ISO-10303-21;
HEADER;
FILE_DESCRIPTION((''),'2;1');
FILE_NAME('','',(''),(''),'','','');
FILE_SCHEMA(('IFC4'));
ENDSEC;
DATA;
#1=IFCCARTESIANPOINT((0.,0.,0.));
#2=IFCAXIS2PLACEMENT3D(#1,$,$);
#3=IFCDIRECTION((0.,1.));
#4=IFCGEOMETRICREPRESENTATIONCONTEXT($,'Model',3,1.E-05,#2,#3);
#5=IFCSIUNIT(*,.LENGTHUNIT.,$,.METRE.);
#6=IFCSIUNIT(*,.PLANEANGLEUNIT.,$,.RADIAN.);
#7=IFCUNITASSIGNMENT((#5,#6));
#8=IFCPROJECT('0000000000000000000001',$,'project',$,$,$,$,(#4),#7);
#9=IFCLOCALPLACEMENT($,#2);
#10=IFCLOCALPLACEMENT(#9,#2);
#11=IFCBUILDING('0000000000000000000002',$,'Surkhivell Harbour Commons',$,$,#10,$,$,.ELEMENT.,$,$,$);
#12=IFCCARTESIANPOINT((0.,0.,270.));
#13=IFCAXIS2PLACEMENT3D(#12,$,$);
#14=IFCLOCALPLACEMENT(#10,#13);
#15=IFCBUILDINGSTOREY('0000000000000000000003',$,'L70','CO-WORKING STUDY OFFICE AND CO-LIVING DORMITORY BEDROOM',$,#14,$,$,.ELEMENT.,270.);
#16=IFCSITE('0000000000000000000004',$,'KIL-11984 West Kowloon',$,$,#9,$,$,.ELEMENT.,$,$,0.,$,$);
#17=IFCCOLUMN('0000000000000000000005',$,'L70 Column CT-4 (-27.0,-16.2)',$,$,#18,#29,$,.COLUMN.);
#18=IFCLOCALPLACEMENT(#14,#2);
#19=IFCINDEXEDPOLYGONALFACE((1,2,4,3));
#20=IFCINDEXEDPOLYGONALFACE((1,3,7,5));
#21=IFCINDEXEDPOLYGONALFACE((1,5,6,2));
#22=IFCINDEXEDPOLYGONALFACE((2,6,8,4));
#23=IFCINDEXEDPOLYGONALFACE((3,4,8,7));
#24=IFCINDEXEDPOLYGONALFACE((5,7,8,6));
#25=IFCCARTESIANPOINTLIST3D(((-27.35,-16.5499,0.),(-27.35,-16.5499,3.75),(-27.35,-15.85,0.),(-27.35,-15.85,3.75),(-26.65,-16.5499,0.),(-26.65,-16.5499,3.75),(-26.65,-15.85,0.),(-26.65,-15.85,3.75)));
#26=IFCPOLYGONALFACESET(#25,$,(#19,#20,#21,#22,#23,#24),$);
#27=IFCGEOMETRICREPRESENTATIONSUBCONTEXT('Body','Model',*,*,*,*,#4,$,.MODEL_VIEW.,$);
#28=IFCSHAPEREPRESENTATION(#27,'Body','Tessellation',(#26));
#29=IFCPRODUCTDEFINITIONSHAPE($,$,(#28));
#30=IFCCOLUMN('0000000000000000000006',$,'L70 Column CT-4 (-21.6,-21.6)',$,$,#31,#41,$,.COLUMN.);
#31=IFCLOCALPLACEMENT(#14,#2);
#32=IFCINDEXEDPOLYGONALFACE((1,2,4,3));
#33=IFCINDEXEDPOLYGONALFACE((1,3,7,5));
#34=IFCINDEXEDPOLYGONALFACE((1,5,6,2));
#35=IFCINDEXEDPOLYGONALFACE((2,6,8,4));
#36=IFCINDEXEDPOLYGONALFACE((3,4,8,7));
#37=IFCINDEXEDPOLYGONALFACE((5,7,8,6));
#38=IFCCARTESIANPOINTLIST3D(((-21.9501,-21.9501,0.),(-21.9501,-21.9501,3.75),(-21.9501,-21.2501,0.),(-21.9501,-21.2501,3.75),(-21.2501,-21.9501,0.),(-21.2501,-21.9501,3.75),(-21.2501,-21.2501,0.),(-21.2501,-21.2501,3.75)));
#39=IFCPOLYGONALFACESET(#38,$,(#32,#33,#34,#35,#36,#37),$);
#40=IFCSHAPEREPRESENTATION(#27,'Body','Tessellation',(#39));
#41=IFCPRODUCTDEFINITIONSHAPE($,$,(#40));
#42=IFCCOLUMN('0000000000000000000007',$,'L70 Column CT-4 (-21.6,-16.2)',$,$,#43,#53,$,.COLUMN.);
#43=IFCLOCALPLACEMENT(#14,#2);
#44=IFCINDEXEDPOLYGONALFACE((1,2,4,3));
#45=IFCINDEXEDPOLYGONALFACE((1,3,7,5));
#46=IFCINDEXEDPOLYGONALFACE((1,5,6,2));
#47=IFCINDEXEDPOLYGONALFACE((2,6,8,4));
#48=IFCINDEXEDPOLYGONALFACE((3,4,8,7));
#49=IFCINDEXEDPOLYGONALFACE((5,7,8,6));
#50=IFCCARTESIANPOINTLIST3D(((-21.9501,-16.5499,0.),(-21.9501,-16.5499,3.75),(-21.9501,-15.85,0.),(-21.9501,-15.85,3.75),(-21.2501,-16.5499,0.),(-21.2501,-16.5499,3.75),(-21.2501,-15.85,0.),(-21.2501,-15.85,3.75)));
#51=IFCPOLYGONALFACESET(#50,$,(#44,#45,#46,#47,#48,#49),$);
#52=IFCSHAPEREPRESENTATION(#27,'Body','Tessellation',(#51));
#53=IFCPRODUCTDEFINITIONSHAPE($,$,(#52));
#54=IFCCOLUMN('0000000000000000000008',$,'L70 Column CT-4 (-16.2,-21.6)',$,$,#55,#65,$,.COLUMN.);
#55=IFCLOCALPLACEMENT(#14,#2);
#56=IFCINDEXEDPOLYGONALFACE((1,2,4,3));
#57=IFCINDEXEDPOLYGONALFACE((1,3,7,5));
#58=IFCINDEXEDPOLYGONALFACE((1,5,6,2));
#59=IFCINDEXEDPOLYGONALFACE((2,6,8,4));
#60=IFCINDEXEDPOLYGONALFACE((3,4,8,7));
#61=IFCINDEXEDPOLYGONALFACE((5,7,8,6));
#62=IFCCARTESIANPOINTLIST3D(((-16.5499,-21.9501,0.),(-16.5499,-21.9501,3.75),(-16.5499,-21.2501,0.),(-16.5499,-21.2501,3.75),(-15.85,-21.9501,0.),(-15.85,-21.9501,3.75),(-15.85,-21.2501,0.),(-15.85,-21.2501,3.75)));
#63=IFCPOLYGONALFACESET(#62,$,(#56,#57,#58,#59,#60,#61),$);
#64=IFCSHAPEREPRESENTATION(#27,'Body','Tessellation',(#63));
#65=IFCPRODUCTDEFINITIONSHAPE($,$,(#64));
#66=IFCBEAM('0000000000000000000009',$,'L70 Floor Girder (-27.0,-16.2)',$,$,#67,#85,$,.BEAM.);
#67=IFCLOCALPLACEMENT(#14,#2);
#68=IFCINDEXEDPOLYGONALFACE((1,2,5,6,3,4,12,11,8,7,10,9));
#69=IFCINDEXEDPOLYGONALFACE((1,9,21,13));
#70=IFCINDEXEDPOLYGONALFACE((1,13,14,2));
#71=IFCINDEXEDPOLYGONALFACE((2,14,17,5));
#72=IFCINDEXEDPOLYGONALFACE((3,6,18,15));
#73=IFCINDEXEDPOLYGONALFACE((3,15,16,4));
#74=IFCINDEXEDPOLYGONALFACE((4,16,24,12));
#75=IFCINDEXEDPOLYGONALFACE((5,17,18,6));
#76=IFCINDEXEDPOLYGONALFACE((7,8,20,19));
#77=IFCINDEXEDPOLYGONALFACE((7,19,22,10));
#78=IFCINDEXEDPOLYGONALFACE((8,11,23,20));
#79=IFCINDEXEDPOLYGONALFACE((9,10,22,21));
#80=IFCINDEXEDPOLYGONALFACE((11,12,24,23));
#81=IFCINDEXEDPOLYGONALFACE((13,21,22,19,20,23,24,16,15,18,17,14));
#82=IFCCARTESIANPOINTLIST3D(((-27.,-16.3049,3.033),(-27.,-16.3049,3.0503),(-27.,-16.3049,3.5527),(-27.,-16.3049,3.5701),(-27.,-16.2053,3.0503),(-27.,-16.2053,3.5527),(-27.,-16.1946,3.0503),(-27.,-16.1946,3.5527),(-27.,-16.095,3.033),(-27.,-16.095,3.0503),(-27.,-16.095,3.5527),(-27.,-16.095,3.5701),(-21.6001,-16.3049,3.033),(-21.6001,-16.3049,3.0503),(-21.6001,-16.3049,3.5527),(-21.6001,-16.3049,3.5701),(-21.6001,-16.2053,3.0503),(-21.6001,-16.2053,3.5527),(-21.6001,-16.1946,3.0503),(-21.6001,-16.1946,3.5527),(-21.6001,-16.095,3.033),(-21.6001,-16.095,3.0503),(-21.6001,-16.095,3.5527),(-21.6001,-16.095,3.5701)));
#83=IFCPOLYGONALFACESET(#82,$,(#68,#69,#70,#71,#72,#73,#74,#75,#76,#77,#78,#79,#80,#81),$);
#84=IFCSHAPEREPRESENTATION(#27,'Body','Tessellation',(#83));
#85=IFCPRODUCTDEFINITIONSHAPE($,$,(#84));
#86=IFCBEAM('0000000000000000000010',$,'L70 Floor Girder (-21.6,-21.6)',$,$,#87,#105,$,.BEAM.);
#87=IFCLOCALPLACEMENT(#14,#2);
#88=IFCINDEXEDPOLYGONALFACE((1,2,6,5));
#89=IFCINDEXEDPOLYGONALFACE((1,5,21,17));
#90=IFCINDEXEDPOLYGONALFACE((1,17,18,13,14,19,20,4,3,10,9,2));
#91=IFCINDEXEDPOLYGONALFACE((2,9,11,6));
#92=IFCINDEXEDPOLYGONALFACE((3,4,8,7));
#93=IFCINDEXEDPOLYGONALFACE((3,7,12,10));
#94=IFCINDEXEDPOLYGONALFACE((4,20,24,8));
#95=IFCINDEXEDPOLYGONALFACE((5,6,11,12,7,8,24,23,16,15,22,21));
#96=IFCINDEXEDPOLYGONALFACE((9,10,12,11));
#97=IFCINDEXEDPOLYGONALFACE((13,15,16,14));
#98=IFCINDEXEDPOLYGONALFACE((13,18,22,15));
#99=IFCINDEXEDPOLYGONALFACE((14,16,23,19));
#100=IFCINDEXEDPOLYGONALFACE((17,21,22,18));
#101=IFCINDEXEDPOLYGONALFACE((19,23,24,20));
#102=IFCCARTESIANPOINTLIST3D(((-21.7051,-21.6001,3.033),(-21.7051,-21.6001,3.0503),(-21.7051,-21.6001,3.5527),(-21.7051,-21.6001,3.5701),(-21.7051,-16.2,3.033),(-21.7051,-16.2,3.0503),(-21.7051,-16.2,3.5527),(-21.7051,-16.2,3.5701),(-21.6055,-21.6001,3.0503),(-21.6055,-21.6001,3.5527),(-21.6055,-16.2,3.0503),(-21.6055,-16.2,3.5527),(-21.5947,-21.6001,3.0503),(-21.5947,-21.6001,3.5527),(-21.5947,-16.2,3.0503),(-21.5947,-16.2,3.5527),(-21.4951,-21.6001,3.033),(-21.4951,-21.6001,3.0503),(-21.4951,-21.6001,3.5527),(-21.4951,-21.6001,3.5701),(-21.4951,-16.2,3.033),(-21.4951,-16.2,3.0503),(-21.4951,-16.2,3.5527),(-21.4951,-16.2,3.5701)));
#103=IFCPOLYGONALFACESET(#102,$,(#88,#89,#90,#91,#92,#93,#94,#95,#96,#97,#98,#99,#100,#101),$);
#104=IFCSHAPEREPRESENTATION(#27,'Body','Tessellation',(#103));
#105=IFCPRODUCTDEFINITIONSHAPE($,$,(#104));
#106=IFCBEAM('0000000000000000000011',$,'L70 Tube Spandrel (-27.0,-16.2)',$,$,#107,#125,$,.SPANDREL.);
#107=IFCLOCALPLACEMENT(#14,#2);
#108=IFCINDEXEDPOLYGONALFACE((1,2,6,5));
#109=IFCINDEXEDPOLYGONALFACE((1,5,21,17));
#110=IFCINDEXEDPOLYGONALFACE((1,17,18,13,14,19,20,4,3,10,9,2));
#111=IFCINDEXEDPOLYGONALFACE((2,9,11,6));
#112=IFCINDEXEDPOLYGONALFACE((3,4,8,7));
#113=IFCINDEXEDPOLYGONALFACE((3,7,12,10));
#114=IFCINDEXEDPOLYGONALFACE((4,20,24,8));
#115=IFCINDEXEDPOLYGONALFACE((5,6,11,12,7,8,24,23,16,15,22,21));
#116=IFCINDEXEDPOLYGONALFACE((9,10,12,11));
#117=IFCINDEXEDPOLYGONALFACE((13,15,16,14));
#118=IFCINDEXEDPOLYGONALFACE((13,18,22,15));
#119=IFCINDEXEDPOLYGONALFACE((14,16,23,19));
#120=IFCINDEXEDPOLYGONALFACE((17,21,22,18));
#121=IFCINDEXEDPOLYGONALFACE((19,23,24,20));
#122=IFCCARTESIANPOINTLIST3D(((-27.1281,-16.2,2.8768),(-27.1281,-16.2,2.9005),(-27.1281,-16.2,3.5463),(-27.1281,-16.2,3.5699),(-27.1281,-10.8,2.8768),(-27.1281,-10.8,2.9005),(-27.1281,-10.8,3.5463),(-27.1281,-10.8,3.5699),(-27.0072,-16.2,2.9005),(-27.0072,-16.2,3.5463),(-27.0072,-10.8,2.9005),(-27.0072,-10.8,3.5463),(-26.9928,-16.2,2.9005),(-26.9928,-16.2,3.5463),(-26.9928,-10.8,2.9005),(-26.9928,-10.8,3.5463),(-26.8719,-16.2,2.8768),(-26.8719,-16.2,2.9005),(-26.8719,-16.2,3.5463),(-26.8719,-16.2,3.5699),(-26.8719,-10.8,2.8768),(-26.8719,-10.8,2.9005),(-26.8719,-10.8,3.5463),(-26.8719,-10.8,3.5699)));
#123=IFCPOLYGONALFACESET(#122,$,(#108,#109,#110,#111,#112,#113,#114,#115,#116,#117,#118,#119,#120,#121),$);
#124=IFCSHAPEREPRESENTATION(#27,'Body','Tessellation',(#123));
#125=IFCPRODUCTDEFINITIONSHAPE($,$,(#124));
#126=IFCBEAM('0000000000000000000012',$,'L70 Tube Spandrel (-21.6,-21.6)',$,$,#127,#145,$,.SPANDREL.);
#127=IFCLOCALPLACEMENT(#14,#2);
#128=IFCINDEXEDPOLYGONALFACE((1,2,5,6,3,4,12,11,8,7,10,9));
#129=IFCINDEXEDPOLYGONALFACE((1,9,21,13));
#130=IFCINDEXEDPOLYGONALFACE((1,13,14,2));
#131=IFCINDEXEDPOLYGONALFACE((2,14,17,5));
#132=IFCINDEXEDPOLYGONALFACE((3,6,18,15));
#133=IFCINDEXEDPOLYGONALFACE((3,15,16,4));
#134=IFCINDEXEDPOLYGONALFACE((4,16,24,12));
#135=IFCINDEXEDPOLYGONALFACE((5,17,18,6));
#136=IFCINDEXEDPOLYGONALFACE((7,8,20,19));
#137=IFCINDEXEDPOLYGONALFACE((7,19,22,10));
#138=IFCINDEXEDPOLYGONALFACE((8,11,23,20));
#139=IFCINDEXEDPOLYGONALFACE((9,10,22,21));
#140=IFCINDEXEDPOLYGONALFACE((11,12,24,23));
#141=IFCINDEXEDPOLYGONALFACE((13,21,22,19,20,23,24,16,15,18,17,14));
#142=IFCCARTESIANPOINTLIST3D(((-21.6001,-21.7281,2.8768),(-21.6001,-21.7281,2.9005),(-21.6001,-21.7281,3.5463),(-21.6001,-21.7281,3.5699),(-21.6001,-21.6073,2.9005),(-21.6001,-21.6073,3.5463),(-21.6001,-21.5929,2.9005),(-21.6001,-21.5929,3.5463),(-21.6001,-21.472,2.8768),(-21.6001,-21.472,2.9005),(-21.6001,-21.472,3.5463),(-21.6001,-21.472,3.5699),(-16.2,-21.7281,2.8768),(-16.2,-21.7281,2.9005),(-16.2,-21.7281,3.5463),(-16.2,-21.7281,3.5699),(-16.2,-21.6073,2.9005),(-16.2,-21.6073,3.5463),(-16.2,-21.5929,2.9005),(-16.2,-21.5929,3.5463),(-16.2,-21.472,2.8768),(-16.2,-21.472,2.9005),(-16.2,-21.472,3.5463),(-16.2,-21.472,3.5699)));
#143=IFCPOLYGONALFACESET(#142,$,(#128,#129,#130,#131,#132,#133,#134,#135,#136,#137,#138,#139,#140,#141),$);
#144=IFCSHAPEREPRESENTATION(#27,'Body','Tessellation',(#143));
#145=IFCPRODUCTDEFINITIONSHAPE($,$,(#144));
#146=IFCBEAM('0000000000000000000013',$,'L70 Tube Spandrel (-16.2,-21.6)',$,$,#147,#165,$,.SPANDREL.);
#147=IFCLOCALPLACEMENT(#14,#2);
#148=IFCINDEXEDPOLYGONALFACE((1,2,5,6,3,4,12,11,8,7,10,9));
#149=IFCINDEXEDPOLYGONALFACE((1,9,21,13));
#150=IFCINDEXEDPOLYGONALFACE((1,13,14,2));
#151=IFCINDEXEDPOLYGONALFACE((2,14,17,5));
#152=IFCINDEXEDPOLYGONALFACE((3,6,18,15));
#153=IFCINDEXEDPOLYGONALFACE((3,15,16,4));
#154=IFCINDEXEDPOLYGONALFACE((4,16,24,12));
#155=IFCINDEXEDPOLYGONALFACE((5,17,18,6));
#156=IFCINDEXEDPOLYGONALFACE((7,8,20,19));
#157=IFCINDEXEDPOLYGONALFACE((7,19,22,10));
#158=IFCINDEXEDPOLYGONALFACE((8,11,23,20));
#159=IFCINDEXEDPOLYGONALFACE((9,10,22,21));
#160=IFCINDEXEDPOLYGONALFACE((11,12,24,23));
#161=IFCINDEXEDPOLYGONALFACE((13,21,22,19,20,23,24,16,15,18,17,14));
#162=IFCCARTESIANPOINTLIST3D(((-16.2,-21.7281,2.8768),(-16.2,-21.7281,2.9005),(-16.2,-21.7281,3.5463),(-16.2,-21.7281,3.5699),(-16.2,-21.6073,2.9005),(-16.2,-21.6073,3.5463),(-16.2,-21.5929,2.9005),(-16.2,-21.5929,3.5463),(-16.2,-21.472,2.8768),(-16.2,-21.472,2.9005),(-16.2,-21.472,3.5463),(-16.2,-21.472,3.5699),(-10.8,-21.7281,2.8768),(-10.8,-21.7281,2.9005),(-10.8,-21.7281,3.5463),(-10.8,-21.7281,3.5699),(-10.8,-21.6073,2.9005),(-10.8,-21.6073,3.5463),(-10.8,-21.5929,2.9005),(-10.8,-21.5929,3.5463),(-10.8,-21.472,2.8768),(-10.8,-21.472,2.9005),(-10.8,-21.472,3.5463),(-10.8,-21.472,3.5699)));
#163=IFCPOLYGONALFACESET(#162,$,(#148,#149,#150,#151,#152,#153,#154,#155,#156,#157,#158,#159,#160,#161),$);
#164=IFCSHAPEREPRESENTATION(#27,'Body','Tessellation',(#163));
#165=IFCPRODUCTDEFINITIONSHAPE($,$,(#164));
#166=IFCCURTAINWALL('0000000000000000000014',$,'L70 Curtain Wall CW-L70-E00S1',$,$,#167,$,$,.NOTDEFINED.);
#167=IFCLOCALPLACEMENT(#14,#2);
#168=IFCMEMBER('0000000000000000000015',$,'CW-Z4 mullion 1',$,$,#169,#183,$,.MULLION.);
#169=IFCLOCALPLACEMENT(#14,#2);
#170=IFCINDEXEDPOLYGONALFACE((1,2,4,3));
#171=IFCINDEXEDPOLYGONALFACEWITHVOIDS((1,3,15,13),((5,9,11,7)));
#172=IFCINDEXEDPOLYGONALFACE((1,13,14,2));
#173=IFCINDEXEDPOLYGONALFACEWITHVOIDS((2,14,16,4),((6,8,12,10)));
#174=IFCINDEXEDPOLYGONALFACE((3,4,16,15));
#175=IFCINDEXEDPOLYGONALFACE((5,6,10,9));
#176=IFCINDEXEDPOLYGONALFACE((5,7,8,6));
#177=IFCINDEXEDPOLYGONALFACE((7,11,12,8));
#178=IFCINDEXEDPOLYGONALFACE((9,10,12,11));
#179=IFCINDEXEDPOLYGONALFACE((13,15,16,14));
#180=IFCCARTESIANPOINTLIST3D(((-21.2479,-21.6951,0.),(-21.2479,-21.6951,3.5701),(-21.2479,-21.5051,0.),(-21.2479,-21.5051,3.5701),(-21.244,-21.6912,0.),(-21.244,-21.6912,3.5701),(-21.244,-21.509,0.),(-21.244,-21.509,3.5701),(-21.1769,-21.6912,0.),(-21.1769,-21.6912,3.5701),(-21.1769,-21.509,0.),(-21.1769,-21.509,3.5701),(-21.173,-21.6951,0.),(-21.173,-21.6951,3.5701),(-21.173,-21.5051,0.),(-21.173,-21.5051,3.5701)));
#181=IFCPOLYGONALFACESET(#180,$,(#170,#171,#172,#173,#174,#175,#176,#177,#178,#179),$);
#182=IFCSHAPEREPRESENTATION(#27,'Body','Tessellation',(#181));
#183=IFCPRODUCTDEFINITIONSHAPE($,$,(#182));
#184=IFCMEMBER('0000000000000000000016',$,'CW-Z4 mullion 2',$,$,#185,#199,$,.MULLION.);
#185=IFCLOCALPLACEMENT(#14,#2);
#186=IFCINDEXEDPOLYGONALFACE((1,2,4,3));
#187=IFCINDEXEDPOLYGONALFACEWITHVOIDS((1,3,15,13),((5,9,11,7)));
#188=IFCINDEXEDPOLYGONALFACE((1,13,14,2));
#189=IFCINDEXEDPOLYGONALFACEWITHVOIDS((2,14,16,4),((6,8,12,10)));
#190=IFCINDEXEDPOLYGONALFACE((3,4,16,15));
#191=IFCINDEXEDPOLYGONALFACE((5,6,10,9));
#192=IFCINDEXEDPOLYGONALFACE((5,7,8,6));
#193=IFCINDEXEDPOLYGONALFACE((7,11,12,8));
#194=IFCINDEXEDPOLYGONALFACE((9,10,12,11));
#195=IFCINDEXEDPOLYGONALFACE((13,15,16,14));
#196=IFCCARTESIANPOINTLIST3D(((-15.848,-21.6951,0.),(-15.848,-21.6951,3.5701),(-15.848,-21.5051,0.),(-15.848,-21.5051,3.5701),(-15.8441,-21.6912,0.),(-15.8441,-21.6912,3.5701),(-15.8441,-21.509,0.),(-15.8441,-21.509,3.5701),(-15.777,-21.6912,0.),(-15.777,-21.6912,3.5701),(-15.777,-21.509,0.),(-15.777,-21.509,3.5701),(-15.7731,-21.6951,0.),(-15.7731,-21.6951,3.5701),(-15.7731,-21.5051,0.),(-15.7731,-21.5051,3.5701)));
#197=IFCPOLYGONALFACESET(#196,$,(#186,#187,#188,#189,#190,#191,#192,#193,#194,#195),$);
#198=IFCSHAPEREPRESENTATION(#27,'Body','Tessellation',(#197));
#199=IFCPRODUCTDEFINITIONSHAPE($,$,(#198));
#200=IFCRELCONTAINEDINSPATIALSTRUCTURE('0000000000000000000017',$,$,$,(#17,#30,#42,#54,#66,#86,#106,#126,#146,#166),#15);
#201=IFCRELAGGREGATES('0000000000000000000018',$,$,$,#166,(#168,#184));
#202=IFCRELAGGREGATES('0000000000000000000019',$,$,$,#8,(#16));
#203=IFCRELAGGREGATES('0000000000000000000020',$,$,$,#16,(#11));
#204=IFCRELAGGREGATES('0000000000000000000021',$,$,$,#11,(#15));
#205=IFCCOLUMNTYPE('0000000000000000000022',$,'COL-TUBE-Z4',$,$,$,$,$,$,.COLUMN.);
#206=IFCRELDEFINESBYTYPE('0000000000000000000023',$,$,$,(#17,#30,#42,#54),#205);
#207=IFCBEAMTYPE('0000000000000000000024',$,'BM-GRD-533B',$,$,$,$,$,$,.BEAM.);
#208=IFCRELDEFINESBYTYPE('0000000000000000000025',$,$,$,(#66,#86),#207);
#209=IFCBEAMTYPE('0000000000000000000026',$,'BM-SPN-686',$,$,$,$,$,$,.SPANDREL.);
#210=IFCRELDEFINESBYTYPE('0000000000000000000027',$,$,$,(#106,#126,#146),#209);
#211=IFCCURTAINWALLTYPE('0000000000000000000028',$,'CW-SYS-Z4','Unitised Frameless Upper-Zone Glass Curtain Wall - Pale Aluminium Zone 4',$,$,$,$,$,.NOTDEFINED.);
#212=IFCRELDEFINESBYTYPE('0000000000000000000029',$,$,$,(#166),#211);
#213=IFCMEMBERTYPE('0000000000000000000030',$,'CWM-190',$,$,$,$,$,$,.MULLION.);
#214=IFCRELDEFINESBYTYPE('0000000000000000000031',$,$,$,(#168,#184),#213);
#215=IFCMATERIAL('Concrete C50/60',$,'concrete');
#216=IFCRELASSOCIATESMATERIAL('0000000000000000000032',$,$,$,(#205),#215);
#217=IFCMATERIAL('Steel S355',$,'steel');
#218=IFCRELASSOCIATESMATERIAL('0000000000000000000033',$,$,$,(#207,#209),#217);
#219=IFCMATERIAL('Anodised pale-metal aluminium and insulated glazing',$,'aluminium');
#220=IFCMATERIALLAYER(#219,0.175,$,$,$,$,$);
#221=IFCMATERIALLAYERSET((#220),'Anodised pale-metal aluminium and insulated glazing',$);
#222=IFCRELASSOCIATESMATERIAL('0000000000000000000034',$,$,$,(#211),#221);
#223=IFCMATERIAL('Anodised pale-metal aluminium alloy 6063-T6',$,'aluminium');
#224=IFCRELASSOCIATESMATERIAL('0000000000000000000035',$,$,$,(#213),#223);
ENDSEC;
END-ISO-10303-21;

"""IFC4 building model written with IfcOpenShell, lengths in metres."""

from ifc_helpers import new_model, si_unit, direction, frame, origin, origin_2d, place, context, subcontext, project, spatial, rectangle, hollow_rectangle, i_section, extrude, material, layer, layer_set, material_profile, profile_set, type_object, element, aggregate, save


model = new_model("IFC4")

# Units and contexts
model_context = context("Model", 3, precision=1e-05, world=origin(), true_north=direction((0.0, 1.0)))
body_context = subcontext(model_context, "Body", "Model", "MODEL_VIEW")
ifc_project = project(units=[si_unit("LENGTHUNIT", "METRE"), si_unit("PLANEANGLEUNIT", "RADIAN")], contexts=[model_context])

# Site, building, storey
site_placement = place(None, origin())
site = spatial("IfcSite", under=ifc_project, at=site_placement, Name="KIL-11984 West Kowloon", CompositionType="ELEMENT", RefElevation=0.0)
building_placement = place(site_placement, origin())
building = spatial("IfcBuilding", under=site, at=building_placement, Name="Surkhivell Harbour Commons", CompositionType="ELEMENT")
storey_placement = place(building_placement, frame((0.0, 0.0, 270.0)))
storey = spatial("IfcBuildingStorey", under=building, at=storey_placement, Name="L70", Description="CO-WORKING STUDY OFFICE AND CO-LIVING DORMITORY BEDROOM", CompositionType="ELEMENT", Elevation=270.0)

# Columns
ifc_material_1 = material(Name="Concrete C50/60", Category="concrete")
ifc_material_profile_1 = material_profile(ifc_material_1, rectangle(XDim=0.7, YDim=0.7, at=origin_2d()), Name="RC-COL-700x700")
ifc_profile_set_1 = profile_set([ifc_material_profile_1], Name="Concrete C50/60")
column_type = type_object("IfcColumnType", Name="COL-TUBE-Z4", PredefinedType="COLUMN", material=ifc_profile_set_1)
for number, where, z_axis, x_axis, name in (
    (1, (-27.0, -16.2, 0.0), (0.0, 0.0, 1.0), (1.0, 0.0, 0.0), "L70 Column CT-4 (-27.0,-16.2)"),
    (2, (-21.6001, -21.6001, 0.0), (0.0, 0.0, 1.0), (1.0, 0.0, 0.0), "L70 Column CT-4 (-21.6,-21.6)"),
    (3, (-21.6001, -16.2, 0.0), (0.0, 0.0, 1.0), (1.0, 0.0, 0.0), "L70 Column CT-4 (-21.6,-16.2)"),
    (4, (-16.2, -21.6001, 0.0), (0.0, 0.0, 1.0), (1.0, 0.0, 0.0), "L70 Column CT-4 (-16.2,-21.6)"),
):
    element("IfcColumn", number, at=place(storey_placement, frame(where, z_axis=z_axis, x_axis=x_axis)), inside=storey, type_object=column_type, Name=name, PredefinedType="COLUMN", context=body_context, shape_type="SweptSolid", body=[
        extrude(rectangle(XDim=0.7, YDim=0.7, at=origin_2d()), origin(), (0.0, 0.0, 1.0), 3.75),
    ])

# Beams
ifc_material_2 = material(Name="Steel S355", Category="steel")
ifc_material_profile_2 = material_profile(ifc_material_2, i_section(OverallWidth=0.21, OverallDepth=0.5371, WebThickness=0.0107, FlangeThickness=0.0173, at=origin_2d()), Name="UB533x210x101")
ifc_profile_set_2 = profile_set([ifc_material_profile_2], Name="Steel S355")
beam_type_1 = type_object("IfcBeamType", Name="BM-GRD-533B", PredefinedType="BEAM", material=ifc_profile_set_2)
beam_1_placement = place(storey_placement, frame((-27.0, -16.2, 3.3015), z_axis=(1.0, 0.0, 0.0), x_axis=(0.0, 1.0, 0.0)))
element("IfcBeam", 5, at=beam_1_placement, inside=storey, type_object=beam_type_1, Name="L70 Floor Girder (-27.0,-16.2)", PredefinedType="BEAM", context=body_context, shape_type="SweptSolid", body=[
    extrude(i_section(OverallWidth=0.21, OverallDepth=0.5371, WebThickness=0.0107, FlangeThickness=0.0173, at=origin_2d()), origin(), (0.0, 0.0, 1.0), 5.3999),
])
beam_2_placement = place(storey_placement, frame((-21.6001, -21.6001, 3.3015), z_axis=(0.0, 1.0, 0.0), x_axis=(-1.0, 0.0, 0.0)))
element("IfcBeam", 6, at=beam_2_placement, inside=storey, type_object=beam_type_1, Name="L70 Floor Girder (-21.6,-21.6)", PredefinedType="BEAM", context=body_context, shape_type="SweptSolid", body=[
    extrude(i_section(OverallWidth=0.21, OverallDepth=0.5371, WebThickness=0.0107, FlangeThickness=0.0173, at=origin_2d()), origin(), (0.0, 0.0, 1.0), 5.4001),
])
ifc_material_profile_3 = material_profile(ifc_material_2, i_section(OverallWidth=0.2561, OverallDepth=0.6931, WebThickness=0.0144, FlangeThickness=0.0237, at=origin_2d()), Name="UB686x254x170")
ifc_profile_set_3 = profile_set([ifc_material_profile_3], Name="Steel S355")
beam_type_2 = type_object("IfcBeamType", Name="BM-SPN-686", PredefinedType="SPANDREL", material=ifc_profile_set_3)
beam_3_placement = place(storey_placement, frame((-27.0, -16.2, 3.2234), z_axis=(0.0, 1.0, 0.0), x_axis=(-1.0, 0.0, 0.0)))
element("IfcBeam", 7, at=beam_3_placement, inside=storey, type_object=beam_type_2, Name="L70 Tube Spandrel (-27.0,-16.2)", PredefinedType="SPANDREL", context=body_context, shape_type="SweptSolid", body=[
    extrude(i_section(OverallWidth=0.2561, OverallDepth=0.6931, WebThickness=0.0144, FlangeThickness=0.0237, at=origin_2d()), origin(), (0.0, 0.0, 1.0), 5.3999),
])
beam_4_placement = place(storey_placement, frame((-21.6001, -21.6001, 3.2234), z_axis=(1.0, 0.0, 0.0), x_axis=(0.0, 1.0, 0.0)))
element("IfcBeam", 8, at=beam_4_placement, inside=storey, type_object=beam_type_2, Name="L70 Tube Spandrel (-21.6,-21.6)", PredefinedType="SPANDREL", context=body_context, shape_type="SweptSolid", body=[
    extrude(i_section(OverallWidth=0.2561, OverallDepth=0.6931, WebThickness=0.0144, FlangeThickness=0.0237, at=origin_2d()), origin(), (0.0, 0.0, 1.0), 5.4001),
])
beam_5_placement = place(storey_placement, frame((-16.2, -21.6001, 3.2234), z_axis=(1.0, 0.0, 0.0), x_axis=(0.0, 1.0, 0.0)))
element("IfcBeam", 9, at=beam_5_placement, inside=storey, type_object=beam_type_2, Name="L70 Tube Spandrel (-16.2,-21.6)", PredefinedType="SPANDREL", context=body_context, shape_type="SweptSolid", body=[
    extrude(i_section(OverallWidth=0.2561, OverallDepth=0.6931, WebThickness=0.0144, FlangeThickness=0.0237, at=origin_2d()), origin(), (0.0, 0.0, 1.0), 5.3999),
])

# Curtain wall, members
ifc_material_3 = material(Name="Anodised pale-metal aluminium and insulated glazing", Category="aluminium")
ifc_layer_1 = layer(ifc_material_3, 0.175)
ifc_layer_set_1 = layer_set([ifc_layer_1], Name="Anodised pale-metal aluminium and insulated glazing")
curtain_wall_type = type_object("IfcCurtainWallType", Name="CW-SYS-Z4", Description="Unitised Frameless Upper-Zone Glass Curtain Wall - Pale Aluminium Zone 4", PredefinedType="NOTDEFINED", material=ifc_layer_set_1)
curtain_wall_placement = place(storey_placement, origin())
curtain_wall = element("IfcCurtainWall", 10, at=curtain_wall_placement, inside=storey, type_object=curtain_wall_type, Name="L70 Curtain Wall CW-L70-E00S1", PredefinedType="NOTDEFINED")
ifc_material_4 = material(Name="Anodised pale-metal aluminium alloy 6063-T6", Category="aluminium")
ifc_material_profile_4 = material_profile(ifc_material_4, hollow_rectangle(XDim=0.075, YDim=0.1899, WallThickness=0.0039, at=origin_2d()), Name="ALU-MULL-75x190")
ifc_profile_set_4 = profile_set([ifc_material_profile_4], Name="Anodised pale-metal aluminium alloy 6063-T6")
member_type_1 = type_object("IfcMemberType", Name="CWM-190", PredefinedType="MULLION", material=ifc_profile_set_4)
member_1_placement = place(storey_placement, frame((-21.2104, -21.6001, 0.0), z_axis=(0.0, 0.0, 1.0), x_axis=(1.0, 0.0, 0.0)))
member_1 = element("IfcMember", 11, at=member_1_placement, type_object=member_type_1, Name="CW-Z4 mullion 1", PredefinedType="MULLION", context=body_context, shape_type="SweptSolid", body=[
    extrude(hollow_rectangle(XDim=0.075, YDim=0.1899, WallThickness=0.0039, at=origin_2d()), origin(), (0.0, 0.0, 1.0), 3.5701),
])
member_2_placement = place(storey_placement, frame((-15.8105, -21.6001, 0.0), z_axis=(0.0, 0.0, 1.0), x_axis=(1.0, 0.0, 0.0)))
member_2 = element("IfcMember", 12, at=member_2_placement, type_object=member_type_1, Name="CW-Z4 mullion 2", PredefinedType="MULLION", context=body_context, shape_type="SweptSolid", body=[
    extrude(hollow_rectangle(XDim=0.075, YDim=0.1899, WallThickness=0.0039, at=origin_2d()), origin(), (0.0, 0.0, 1.0), 3.5701),
])

aggregate(curtain_wall, [member_1, member_2])

save(model, "model.ifc")
